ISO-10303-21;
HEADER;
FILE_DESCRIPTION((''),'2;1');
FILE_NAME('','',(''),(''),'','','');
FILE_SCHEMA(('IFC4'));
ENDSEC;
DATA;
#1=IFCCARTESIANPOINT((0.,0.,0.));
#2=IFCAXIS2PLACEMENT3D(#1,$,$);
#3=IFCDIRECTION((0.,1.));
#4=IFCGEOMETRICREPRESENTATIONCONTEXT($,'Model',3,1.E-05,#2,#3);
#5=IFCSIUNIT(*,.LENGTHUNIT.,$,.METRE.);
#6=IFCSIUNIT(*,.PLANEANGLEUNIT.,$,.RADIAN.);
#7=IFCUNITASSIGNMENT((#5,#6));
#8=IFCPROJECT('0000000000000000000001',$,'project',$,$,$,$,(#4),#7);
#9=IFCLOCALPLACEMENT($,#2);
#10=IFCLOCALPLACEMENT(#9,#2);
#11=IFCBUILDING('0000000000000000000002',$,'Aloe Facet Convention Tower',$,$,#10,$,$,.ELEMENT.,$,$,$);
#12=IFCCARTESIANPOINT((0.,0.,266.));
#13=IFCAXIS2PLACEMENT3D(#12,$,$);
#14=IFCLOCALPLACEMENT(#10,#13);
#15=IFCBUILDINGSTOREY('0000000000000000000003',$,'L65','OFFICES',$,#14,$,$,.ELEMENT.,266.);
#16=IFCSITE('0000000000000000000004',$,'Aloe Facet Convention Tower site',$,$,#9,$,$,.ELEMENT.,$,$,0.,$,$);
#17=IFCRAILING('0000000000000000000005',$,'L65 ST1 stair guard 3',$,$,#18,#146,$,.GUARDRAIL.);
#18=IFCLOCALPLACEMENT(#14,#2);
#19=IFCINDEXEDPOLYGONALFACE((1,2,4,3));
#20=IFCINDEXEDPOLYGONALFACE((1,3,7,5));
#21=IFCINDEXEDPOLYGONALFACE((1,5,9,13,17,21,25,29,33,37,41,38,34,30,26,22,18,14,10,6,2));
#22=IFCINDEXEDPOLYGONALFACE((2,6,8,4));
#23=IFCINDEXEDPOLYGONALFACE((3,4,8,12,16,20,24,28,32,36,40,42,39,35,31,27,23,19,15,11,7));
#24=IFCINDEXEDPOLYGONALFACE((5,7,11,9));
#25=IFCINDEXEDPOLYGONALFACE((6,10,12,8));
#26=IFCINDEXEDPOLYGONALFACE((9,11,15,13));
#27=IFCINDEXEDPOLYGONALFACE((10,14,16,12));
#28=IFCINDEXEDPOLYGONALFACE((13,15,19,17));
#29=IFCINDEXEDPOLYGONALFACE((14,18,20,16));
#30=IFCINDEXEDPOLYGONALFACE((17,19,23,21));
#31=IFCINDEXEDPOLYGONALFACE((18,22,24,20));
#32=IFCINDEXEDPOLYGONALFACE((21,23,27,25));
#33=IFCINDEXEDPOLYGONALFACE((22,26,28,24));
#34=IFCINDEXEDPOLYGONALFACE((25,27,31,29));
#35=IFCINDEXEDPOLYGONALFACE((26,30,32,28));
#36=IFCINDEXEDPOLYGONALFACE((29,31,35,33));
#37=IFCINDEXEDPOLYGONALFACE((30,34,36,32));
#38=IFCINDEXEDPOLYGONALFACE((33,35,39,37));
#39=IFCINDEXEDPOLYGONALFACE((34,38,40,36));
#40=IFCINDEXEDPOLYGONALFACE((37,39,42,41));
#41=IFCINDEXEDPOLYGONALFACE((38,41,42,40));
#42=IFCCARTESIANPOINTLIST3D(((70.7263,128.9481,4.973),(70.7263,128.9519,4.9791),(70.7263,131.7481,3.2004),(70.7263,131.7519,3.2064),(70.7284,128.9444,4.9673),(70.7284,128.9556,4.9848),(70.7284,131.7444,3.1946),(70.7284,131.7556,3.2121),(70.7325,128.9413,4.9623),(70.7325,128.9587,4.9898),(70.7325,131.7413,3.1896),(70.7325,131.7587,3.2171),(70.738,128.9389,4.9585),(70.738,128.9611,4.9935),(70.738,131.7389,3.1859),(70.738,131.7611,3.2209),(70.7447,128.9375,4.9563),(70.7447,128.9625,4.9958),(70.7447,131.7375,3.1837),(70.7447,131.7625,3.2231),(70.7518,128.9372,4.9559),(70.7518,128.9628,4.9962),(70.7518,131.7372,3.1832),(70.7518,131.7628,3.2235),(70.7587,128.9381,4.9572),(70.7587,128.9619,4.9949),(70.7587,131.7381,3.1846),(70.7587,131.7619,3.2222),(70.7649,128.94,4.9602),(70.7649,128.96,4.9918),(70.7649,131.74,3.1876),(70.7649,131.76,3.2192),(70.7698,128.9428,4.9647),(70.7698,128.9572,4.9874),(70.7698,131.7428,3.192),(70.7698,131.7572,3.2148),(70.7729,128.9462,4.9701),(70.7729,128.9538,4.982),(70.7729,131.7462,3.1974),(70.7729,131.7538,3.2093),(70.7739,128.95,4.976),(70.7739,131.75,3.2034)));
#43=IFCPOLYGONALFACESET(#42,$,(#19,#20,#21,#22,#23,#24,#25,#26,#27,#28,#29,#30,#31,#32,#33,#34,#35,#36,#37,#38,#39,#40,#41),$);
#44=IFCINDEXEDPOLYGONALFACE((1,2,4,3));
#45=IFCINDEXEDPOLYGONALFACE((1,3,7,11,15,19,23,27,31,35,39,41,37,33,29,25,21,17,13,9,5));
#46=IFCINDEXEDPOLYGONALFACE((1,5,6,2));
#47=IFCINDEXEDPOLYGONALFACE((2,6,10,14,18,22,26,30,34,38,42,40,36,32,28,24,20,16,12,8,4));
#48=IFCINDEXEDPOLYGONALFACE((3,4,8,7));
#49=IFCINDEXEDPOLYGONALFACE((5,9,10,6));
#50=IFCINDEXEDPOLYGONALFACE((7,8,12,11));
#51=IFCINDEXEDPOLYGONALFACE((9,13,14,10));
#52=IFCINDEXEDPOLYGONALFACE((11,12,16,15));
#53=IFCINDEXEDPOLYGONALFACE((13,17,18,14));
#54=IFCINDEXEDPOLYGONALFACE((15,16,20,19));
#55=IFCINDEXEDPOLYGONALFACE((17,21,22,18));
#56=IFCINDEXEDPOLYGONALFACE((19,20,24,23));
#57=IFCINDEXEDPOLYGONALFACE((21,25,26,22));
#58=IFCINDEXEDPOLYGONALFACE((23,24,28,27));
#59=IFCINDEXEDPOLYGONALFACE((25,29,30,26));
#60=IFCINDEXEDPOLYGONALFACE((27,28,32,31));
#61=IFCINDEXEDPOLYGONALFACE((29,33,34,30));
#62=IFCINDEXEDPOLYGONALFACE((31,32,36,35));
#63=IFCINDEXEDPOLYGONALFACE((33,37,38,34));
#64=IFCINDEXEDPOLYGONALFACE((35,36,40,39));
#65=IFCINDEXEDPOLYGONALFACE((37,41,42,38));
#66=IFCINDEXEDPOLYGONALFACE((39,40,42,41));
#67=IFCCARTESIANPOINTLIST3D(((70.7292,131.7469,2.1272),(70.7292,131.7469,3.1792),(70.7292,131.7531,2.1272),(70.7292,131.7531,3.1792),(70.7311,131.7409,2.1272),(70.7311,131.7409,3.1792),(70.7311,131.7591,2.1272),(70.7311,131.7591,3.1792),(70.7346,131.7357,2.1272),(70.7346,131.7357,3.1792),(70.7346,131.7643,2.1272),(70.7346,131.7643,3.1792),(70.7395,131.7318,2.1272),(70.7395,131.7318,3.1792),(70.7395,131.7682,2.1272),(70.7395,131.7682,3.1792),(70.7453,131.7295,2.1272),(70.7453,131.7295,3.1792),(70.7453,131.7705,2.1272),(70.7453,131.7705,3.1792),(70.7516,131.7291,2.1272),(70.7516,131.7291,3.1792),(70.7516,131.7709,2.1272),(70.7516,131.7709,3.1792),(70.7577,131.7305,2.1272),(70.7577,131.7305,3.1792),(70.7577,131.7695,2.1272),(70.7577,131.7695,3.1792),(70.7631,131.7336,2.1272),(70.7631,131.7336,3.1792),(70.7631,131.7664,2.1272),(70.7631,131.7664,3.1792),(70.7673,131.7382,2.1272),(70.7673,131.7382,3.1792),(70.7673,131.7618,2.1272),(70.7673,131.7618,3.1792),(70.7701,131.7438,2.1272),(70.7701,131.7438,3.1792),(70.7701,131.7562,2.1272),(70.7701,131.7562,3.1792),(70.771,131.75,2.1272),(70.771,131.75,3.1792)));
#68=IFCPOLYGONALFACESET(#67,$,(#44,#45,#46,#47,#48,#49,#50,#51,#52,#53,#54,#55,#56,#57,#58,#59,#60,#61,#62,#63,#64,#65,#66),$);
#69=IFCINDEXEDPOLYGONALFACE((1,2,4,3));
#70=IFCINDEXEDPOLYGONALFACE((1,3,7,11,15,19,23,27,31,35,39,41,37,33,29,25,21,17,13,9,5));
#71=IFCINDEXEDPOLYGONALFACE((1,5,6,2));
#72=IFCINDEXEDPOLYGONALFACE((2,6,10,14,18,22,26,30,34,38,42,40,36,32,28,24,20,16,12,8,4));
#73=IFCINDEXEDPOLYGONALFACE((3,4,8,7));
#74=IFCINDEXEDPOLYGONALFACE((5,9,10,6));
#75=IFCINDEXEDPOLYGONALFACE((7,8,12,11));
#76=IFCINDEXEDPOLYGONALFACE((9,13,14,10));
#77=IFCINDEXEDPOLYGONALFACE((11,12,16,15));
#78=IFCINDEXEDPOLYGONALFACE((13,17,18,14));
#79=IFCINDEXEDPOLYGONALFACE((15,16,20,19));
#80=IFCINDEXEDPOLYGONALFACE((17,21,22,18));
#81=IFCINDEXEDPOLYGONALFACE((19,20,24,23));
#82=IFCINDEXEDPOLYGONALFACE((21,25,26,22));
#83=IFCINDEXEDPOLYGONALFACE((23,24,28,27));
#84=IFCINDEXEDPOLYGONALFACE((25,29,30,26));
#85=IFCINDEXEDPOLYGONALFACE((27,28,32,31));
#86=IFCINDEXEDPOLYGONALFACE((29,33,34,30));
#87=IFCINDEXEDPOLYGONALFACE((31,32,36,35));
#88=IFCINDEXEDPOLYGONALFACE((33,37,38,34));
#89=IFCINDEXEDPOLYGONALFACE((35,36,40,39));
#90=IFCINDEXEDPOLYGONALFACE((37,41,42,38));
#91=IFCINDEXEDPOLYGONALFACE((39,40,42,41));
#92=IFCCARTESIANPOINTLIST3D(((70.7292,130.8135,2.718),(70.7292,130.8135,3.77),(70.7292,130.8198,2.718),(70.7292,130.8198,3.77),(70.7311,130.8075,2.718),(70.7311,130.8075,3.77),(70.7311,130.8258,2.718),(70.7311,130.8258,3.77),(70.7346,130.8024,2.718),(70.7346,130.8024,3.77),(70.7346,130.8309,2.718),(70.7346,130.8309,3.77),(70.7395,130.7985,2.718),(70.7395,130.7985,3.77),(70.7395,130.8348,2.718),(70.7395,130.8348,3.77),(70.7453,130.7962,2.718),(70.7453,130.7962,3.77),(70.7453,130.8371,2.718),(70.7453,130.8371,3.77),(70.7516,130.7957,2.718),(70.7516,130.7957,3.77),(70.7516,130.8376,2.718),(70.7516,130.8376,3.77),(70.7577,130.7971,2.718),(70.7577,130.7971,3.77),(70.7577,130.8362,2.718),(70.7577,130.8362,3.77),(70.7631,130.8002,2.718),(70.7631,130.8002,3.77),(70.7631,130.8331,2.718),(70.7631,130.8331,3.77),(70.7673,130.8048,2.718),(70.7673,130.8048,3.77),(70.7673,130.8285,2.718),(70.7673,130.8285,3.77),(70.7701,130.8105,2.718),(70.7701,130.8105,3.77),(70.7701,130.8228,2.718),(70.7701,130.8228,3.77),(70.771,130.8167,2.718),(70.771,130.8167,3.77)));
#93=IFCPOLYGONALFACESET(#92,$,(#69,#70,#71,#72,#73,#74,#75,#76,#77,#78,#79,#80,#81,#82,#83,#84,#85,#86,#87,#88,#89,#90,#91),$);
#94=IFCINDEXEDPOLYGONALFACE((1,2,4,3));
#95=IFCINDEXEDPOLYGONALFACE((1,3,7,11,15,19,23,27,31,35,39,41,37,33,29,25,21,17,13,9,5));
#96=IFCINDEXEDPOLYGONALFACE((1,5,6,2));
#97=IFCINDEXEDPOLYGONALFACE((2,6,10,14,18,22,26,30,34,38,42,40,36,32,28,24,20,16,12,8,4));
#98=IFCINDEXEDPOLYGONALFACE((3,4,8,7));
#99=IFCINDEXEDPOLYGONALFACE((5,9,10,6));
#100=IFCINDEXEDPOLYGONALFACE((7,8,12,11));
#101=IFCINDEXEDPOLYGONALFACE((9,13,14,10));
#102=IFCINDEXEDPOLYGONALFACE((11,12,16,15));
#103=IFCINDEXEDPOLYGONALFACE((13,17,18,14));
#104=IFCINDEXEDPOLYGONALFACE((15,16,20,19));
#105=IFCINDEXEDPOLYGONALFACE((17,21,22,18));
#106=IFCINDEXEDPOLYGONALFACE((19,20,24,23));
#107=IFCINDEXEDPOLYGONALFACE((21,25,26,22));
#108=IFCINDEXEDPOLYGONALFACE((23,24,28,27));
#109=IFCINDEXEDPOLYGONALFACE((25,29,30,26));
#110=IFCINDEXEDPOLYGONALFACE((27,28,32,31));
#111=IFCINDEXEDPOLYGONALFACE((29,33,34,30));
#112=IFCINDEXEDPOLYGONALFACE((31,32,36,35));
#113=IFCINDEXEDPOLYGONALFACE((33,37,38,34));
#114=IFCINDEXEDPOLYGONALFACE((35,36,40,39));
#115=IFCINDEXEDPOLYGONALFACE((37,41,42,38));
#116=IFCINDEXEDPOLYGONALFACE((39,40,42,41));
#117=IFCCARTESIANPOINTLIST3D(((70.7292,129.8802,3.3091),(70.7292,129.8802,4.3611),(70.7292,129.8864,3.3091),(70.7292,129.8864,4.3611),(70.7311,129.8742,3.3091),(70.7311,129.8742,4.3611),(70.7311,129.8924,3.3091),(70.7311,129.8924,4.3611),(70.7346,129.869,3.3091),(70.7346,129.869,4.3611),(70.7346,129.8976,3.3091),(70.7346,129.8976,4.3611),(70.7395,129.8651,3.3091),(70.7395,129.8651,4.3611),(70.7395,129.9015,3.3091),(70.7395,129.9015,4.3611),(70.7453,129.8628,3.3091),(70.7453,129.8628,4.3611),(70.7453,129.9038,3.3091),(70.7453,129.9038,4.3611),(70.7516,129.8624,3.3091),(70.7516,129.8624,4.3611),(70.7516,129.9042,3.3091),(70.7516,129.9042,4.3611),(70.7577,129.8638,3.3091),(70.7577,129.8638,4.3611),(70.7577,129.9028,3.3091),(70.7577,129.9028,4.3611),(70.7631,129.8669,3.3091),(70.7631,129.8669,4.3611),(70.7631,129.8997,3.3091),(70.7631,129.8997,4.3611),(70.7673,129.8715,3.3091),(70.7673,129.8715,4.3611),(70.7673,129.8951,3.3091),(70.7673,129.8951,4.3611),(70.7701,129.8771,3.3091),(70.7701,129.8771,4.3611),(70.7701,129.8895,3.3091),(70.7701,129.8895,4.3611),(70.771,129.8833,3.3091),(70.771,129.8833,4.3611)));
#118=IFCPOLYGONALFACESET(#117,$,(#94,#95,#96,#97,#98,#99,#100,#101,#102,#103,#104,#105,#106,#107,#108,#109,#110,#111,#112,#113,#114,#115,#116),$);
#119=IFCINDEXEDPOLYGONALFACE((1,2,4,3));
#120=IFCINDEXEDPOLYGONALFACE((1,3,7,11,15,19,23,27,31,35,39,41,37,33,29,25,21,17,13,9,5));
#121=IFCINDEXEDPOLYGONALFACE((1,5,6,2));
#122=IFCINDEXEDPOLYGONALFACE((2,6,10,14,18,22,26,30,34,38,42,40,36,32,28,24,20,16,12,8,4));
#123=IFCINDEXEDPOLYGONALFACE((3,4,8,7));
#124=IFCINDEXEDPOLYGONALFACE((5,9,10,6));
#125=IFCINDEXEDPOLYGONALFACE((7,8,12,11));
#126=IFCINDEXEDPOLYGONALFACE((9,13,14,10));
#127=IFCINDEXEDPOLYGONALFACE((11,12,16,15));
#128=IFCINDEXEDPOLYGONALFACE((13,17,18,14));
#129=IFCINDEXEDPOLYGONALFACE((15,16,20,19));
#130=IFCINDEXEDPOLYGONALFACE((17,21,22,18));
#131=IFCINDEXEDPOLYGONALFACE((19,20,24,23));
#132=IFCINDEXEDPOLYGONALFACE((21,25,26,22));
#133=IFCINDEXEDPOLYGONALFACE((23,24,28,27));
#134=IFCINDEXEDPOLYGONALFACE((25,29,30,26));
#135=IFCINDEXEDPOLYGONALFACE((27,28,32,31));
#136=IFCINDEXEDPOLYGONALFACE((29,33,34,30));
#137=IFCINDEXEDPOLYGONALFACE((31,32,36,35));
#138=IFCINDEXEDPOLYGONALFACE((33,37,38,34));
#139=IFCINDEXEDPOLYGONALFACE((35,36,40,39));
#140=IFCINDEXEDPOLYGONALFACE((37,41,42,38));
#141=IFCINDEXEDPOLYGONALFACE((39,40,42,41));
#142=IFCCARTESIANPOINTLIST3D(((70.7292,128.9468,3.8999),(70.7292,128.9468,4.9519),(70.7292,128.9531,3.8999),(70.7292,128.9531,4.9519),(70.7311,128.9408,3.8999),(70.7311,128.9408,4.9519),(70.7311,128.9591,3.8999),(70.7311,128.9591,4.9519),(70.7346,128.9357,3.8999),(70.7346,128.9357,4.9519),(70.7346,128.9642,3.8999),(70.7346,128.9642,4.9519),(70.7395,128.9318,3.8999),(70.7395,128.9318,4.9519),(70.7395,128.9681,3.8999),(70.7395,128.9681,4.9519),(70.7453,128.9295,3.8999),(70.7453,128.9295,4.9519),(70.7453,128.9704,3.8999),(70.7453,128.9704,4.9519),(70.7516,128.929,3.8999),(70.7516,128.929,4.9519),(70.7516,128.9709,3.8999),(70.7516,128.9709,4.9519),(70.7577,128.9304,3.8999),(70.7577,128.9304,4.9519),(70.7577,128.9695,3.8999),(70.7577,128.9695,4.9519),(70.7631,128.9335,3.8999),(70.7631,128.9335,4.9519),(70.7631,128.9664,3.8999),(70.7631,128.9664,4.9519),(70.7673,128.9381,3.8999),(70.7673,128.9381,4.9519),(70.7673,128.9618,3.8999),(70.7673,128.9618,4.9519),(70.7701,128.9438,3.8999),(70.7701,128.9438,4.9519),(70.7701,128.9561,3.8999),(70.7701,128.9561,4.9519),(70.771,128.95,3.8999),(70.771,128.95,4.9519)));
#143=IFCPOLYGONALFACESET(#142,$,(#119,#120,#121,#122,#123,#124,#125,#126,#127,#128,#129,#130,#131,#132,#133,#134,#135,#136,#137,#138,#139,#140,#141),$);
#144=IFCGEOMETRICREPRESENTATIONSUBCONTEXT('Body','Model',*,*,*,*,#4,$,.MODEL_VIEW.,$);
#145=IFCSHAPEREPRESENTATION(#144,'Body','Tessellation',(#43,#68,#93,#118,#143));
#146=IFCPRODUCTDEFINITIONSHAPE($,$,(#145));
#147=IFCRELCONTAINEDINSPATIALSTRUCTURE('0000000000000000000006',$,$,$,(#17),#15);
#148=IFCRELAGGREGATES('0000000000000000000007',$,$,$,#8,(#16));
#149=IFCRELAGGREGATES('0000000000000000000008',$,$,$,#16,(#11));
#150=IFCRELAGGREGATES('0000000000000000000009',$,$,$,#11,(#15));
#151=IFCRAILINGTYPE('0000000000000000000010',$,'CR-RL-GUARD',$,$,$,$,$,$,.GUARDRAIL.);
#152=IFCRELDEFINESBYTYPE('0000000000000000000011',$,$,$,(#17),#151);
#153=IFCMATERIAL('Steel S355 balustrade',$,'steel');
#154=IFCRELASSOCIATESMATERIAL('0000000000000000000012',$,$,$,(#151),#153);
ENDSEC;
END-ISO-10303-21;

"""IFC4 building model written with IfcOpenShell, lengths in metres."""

from ifc_helpers import new_model, si_unit, direction, frame, origin, origin_2d, place, context, subcontext, project, spatial, circle, extrude, material, type_object, element, save


model = new_model("IFC4")

# Units and contexts
model_context = context("Model", 3, precision=1e-05, world=origin(), true_north=direction((0.0, 1.0)))
body_context = subcontext(model_context, "Body", "Model", "MODEL_VIEW")
ifc_project = project(units=[si_unit("LENGTHUNIT", "METRE"), si_unit("PLANEANGLEUNIT", "RADIAN")], contexts=[model_context])

# Site, building, storey
site_placement = place(None, origin())
site = spatial("IfcSite", under=ifc_project, at=site_placement, Name="Aloe Facet Convention Tower site", CompositionType="ELEMENT", RefElevation=0.0)
building_placement = place(site_placement, origin())
building = spatial("IfcBuilding", under=site, at=building_placement, Name="Aloe Facet Convention Tower", CompositionType="ELEMENT")
storey_placement = place(building_placement, frame((0.0, 0.0, 266.0)))
storey = spatial("IfcBuildingStorey", under=building, at=storey_placement, Name="L65", Description="OFFICES", CompositionType="ELEMENT", Elevation=266.0)

# Railing
ifc_material_1 = material(Name="Steel S355 balustrade", Category="steel")
railing_type_1 = type_object("IfcRailingType", Name="CR-RL-GUARD", PredefinedType="GUARDRAIL", material=ifc_material_1)
railing_1_placement = place(storey_placement, frame((70.75, 131.75, 2.1272)))
element("IfcRailing", 1, at=railing_1_placement, inside=storey, type_object=railing_type_1, Name="L65 ST1 stair guard 3", PredefinedType="GUARDRAIL", context=body_context, shape_type="SweptSolid", body=[
    extrude(circle(Radius=0.0239, at=origin_2d()), frame((0.0, 0.0, 1.0762), z_axis=(0.0, -0.844909, 0.53491), x_axis=(1.0, 0.0, 0.0)), (0.0, 0.0, 1.0), 3.314),
    extrude(circle(Radius=0.021, at=origin_2d()), origin(), (0.0, 0.0, 1.0), 1.052),
    extrude(circle(Radius=0.021, at=origin_2d()), frame((0.0, -0.9333, 0.5908)), (0.0, 0.0, 1.0), 1.052),
    extrude(circle(Radius=0.021, at=origin_2d()), frame((0.0, -1.8667, 1.1819)), (0.0, 0.0, 1.0), 1.052),
    extrude(circle(Radius=0.021, at=origin_2d()), frame((0.0, -2.8, 1.7727)), (0.0, 0.0, 1.0), 1.052),
])

save(model, "model.ifc")
